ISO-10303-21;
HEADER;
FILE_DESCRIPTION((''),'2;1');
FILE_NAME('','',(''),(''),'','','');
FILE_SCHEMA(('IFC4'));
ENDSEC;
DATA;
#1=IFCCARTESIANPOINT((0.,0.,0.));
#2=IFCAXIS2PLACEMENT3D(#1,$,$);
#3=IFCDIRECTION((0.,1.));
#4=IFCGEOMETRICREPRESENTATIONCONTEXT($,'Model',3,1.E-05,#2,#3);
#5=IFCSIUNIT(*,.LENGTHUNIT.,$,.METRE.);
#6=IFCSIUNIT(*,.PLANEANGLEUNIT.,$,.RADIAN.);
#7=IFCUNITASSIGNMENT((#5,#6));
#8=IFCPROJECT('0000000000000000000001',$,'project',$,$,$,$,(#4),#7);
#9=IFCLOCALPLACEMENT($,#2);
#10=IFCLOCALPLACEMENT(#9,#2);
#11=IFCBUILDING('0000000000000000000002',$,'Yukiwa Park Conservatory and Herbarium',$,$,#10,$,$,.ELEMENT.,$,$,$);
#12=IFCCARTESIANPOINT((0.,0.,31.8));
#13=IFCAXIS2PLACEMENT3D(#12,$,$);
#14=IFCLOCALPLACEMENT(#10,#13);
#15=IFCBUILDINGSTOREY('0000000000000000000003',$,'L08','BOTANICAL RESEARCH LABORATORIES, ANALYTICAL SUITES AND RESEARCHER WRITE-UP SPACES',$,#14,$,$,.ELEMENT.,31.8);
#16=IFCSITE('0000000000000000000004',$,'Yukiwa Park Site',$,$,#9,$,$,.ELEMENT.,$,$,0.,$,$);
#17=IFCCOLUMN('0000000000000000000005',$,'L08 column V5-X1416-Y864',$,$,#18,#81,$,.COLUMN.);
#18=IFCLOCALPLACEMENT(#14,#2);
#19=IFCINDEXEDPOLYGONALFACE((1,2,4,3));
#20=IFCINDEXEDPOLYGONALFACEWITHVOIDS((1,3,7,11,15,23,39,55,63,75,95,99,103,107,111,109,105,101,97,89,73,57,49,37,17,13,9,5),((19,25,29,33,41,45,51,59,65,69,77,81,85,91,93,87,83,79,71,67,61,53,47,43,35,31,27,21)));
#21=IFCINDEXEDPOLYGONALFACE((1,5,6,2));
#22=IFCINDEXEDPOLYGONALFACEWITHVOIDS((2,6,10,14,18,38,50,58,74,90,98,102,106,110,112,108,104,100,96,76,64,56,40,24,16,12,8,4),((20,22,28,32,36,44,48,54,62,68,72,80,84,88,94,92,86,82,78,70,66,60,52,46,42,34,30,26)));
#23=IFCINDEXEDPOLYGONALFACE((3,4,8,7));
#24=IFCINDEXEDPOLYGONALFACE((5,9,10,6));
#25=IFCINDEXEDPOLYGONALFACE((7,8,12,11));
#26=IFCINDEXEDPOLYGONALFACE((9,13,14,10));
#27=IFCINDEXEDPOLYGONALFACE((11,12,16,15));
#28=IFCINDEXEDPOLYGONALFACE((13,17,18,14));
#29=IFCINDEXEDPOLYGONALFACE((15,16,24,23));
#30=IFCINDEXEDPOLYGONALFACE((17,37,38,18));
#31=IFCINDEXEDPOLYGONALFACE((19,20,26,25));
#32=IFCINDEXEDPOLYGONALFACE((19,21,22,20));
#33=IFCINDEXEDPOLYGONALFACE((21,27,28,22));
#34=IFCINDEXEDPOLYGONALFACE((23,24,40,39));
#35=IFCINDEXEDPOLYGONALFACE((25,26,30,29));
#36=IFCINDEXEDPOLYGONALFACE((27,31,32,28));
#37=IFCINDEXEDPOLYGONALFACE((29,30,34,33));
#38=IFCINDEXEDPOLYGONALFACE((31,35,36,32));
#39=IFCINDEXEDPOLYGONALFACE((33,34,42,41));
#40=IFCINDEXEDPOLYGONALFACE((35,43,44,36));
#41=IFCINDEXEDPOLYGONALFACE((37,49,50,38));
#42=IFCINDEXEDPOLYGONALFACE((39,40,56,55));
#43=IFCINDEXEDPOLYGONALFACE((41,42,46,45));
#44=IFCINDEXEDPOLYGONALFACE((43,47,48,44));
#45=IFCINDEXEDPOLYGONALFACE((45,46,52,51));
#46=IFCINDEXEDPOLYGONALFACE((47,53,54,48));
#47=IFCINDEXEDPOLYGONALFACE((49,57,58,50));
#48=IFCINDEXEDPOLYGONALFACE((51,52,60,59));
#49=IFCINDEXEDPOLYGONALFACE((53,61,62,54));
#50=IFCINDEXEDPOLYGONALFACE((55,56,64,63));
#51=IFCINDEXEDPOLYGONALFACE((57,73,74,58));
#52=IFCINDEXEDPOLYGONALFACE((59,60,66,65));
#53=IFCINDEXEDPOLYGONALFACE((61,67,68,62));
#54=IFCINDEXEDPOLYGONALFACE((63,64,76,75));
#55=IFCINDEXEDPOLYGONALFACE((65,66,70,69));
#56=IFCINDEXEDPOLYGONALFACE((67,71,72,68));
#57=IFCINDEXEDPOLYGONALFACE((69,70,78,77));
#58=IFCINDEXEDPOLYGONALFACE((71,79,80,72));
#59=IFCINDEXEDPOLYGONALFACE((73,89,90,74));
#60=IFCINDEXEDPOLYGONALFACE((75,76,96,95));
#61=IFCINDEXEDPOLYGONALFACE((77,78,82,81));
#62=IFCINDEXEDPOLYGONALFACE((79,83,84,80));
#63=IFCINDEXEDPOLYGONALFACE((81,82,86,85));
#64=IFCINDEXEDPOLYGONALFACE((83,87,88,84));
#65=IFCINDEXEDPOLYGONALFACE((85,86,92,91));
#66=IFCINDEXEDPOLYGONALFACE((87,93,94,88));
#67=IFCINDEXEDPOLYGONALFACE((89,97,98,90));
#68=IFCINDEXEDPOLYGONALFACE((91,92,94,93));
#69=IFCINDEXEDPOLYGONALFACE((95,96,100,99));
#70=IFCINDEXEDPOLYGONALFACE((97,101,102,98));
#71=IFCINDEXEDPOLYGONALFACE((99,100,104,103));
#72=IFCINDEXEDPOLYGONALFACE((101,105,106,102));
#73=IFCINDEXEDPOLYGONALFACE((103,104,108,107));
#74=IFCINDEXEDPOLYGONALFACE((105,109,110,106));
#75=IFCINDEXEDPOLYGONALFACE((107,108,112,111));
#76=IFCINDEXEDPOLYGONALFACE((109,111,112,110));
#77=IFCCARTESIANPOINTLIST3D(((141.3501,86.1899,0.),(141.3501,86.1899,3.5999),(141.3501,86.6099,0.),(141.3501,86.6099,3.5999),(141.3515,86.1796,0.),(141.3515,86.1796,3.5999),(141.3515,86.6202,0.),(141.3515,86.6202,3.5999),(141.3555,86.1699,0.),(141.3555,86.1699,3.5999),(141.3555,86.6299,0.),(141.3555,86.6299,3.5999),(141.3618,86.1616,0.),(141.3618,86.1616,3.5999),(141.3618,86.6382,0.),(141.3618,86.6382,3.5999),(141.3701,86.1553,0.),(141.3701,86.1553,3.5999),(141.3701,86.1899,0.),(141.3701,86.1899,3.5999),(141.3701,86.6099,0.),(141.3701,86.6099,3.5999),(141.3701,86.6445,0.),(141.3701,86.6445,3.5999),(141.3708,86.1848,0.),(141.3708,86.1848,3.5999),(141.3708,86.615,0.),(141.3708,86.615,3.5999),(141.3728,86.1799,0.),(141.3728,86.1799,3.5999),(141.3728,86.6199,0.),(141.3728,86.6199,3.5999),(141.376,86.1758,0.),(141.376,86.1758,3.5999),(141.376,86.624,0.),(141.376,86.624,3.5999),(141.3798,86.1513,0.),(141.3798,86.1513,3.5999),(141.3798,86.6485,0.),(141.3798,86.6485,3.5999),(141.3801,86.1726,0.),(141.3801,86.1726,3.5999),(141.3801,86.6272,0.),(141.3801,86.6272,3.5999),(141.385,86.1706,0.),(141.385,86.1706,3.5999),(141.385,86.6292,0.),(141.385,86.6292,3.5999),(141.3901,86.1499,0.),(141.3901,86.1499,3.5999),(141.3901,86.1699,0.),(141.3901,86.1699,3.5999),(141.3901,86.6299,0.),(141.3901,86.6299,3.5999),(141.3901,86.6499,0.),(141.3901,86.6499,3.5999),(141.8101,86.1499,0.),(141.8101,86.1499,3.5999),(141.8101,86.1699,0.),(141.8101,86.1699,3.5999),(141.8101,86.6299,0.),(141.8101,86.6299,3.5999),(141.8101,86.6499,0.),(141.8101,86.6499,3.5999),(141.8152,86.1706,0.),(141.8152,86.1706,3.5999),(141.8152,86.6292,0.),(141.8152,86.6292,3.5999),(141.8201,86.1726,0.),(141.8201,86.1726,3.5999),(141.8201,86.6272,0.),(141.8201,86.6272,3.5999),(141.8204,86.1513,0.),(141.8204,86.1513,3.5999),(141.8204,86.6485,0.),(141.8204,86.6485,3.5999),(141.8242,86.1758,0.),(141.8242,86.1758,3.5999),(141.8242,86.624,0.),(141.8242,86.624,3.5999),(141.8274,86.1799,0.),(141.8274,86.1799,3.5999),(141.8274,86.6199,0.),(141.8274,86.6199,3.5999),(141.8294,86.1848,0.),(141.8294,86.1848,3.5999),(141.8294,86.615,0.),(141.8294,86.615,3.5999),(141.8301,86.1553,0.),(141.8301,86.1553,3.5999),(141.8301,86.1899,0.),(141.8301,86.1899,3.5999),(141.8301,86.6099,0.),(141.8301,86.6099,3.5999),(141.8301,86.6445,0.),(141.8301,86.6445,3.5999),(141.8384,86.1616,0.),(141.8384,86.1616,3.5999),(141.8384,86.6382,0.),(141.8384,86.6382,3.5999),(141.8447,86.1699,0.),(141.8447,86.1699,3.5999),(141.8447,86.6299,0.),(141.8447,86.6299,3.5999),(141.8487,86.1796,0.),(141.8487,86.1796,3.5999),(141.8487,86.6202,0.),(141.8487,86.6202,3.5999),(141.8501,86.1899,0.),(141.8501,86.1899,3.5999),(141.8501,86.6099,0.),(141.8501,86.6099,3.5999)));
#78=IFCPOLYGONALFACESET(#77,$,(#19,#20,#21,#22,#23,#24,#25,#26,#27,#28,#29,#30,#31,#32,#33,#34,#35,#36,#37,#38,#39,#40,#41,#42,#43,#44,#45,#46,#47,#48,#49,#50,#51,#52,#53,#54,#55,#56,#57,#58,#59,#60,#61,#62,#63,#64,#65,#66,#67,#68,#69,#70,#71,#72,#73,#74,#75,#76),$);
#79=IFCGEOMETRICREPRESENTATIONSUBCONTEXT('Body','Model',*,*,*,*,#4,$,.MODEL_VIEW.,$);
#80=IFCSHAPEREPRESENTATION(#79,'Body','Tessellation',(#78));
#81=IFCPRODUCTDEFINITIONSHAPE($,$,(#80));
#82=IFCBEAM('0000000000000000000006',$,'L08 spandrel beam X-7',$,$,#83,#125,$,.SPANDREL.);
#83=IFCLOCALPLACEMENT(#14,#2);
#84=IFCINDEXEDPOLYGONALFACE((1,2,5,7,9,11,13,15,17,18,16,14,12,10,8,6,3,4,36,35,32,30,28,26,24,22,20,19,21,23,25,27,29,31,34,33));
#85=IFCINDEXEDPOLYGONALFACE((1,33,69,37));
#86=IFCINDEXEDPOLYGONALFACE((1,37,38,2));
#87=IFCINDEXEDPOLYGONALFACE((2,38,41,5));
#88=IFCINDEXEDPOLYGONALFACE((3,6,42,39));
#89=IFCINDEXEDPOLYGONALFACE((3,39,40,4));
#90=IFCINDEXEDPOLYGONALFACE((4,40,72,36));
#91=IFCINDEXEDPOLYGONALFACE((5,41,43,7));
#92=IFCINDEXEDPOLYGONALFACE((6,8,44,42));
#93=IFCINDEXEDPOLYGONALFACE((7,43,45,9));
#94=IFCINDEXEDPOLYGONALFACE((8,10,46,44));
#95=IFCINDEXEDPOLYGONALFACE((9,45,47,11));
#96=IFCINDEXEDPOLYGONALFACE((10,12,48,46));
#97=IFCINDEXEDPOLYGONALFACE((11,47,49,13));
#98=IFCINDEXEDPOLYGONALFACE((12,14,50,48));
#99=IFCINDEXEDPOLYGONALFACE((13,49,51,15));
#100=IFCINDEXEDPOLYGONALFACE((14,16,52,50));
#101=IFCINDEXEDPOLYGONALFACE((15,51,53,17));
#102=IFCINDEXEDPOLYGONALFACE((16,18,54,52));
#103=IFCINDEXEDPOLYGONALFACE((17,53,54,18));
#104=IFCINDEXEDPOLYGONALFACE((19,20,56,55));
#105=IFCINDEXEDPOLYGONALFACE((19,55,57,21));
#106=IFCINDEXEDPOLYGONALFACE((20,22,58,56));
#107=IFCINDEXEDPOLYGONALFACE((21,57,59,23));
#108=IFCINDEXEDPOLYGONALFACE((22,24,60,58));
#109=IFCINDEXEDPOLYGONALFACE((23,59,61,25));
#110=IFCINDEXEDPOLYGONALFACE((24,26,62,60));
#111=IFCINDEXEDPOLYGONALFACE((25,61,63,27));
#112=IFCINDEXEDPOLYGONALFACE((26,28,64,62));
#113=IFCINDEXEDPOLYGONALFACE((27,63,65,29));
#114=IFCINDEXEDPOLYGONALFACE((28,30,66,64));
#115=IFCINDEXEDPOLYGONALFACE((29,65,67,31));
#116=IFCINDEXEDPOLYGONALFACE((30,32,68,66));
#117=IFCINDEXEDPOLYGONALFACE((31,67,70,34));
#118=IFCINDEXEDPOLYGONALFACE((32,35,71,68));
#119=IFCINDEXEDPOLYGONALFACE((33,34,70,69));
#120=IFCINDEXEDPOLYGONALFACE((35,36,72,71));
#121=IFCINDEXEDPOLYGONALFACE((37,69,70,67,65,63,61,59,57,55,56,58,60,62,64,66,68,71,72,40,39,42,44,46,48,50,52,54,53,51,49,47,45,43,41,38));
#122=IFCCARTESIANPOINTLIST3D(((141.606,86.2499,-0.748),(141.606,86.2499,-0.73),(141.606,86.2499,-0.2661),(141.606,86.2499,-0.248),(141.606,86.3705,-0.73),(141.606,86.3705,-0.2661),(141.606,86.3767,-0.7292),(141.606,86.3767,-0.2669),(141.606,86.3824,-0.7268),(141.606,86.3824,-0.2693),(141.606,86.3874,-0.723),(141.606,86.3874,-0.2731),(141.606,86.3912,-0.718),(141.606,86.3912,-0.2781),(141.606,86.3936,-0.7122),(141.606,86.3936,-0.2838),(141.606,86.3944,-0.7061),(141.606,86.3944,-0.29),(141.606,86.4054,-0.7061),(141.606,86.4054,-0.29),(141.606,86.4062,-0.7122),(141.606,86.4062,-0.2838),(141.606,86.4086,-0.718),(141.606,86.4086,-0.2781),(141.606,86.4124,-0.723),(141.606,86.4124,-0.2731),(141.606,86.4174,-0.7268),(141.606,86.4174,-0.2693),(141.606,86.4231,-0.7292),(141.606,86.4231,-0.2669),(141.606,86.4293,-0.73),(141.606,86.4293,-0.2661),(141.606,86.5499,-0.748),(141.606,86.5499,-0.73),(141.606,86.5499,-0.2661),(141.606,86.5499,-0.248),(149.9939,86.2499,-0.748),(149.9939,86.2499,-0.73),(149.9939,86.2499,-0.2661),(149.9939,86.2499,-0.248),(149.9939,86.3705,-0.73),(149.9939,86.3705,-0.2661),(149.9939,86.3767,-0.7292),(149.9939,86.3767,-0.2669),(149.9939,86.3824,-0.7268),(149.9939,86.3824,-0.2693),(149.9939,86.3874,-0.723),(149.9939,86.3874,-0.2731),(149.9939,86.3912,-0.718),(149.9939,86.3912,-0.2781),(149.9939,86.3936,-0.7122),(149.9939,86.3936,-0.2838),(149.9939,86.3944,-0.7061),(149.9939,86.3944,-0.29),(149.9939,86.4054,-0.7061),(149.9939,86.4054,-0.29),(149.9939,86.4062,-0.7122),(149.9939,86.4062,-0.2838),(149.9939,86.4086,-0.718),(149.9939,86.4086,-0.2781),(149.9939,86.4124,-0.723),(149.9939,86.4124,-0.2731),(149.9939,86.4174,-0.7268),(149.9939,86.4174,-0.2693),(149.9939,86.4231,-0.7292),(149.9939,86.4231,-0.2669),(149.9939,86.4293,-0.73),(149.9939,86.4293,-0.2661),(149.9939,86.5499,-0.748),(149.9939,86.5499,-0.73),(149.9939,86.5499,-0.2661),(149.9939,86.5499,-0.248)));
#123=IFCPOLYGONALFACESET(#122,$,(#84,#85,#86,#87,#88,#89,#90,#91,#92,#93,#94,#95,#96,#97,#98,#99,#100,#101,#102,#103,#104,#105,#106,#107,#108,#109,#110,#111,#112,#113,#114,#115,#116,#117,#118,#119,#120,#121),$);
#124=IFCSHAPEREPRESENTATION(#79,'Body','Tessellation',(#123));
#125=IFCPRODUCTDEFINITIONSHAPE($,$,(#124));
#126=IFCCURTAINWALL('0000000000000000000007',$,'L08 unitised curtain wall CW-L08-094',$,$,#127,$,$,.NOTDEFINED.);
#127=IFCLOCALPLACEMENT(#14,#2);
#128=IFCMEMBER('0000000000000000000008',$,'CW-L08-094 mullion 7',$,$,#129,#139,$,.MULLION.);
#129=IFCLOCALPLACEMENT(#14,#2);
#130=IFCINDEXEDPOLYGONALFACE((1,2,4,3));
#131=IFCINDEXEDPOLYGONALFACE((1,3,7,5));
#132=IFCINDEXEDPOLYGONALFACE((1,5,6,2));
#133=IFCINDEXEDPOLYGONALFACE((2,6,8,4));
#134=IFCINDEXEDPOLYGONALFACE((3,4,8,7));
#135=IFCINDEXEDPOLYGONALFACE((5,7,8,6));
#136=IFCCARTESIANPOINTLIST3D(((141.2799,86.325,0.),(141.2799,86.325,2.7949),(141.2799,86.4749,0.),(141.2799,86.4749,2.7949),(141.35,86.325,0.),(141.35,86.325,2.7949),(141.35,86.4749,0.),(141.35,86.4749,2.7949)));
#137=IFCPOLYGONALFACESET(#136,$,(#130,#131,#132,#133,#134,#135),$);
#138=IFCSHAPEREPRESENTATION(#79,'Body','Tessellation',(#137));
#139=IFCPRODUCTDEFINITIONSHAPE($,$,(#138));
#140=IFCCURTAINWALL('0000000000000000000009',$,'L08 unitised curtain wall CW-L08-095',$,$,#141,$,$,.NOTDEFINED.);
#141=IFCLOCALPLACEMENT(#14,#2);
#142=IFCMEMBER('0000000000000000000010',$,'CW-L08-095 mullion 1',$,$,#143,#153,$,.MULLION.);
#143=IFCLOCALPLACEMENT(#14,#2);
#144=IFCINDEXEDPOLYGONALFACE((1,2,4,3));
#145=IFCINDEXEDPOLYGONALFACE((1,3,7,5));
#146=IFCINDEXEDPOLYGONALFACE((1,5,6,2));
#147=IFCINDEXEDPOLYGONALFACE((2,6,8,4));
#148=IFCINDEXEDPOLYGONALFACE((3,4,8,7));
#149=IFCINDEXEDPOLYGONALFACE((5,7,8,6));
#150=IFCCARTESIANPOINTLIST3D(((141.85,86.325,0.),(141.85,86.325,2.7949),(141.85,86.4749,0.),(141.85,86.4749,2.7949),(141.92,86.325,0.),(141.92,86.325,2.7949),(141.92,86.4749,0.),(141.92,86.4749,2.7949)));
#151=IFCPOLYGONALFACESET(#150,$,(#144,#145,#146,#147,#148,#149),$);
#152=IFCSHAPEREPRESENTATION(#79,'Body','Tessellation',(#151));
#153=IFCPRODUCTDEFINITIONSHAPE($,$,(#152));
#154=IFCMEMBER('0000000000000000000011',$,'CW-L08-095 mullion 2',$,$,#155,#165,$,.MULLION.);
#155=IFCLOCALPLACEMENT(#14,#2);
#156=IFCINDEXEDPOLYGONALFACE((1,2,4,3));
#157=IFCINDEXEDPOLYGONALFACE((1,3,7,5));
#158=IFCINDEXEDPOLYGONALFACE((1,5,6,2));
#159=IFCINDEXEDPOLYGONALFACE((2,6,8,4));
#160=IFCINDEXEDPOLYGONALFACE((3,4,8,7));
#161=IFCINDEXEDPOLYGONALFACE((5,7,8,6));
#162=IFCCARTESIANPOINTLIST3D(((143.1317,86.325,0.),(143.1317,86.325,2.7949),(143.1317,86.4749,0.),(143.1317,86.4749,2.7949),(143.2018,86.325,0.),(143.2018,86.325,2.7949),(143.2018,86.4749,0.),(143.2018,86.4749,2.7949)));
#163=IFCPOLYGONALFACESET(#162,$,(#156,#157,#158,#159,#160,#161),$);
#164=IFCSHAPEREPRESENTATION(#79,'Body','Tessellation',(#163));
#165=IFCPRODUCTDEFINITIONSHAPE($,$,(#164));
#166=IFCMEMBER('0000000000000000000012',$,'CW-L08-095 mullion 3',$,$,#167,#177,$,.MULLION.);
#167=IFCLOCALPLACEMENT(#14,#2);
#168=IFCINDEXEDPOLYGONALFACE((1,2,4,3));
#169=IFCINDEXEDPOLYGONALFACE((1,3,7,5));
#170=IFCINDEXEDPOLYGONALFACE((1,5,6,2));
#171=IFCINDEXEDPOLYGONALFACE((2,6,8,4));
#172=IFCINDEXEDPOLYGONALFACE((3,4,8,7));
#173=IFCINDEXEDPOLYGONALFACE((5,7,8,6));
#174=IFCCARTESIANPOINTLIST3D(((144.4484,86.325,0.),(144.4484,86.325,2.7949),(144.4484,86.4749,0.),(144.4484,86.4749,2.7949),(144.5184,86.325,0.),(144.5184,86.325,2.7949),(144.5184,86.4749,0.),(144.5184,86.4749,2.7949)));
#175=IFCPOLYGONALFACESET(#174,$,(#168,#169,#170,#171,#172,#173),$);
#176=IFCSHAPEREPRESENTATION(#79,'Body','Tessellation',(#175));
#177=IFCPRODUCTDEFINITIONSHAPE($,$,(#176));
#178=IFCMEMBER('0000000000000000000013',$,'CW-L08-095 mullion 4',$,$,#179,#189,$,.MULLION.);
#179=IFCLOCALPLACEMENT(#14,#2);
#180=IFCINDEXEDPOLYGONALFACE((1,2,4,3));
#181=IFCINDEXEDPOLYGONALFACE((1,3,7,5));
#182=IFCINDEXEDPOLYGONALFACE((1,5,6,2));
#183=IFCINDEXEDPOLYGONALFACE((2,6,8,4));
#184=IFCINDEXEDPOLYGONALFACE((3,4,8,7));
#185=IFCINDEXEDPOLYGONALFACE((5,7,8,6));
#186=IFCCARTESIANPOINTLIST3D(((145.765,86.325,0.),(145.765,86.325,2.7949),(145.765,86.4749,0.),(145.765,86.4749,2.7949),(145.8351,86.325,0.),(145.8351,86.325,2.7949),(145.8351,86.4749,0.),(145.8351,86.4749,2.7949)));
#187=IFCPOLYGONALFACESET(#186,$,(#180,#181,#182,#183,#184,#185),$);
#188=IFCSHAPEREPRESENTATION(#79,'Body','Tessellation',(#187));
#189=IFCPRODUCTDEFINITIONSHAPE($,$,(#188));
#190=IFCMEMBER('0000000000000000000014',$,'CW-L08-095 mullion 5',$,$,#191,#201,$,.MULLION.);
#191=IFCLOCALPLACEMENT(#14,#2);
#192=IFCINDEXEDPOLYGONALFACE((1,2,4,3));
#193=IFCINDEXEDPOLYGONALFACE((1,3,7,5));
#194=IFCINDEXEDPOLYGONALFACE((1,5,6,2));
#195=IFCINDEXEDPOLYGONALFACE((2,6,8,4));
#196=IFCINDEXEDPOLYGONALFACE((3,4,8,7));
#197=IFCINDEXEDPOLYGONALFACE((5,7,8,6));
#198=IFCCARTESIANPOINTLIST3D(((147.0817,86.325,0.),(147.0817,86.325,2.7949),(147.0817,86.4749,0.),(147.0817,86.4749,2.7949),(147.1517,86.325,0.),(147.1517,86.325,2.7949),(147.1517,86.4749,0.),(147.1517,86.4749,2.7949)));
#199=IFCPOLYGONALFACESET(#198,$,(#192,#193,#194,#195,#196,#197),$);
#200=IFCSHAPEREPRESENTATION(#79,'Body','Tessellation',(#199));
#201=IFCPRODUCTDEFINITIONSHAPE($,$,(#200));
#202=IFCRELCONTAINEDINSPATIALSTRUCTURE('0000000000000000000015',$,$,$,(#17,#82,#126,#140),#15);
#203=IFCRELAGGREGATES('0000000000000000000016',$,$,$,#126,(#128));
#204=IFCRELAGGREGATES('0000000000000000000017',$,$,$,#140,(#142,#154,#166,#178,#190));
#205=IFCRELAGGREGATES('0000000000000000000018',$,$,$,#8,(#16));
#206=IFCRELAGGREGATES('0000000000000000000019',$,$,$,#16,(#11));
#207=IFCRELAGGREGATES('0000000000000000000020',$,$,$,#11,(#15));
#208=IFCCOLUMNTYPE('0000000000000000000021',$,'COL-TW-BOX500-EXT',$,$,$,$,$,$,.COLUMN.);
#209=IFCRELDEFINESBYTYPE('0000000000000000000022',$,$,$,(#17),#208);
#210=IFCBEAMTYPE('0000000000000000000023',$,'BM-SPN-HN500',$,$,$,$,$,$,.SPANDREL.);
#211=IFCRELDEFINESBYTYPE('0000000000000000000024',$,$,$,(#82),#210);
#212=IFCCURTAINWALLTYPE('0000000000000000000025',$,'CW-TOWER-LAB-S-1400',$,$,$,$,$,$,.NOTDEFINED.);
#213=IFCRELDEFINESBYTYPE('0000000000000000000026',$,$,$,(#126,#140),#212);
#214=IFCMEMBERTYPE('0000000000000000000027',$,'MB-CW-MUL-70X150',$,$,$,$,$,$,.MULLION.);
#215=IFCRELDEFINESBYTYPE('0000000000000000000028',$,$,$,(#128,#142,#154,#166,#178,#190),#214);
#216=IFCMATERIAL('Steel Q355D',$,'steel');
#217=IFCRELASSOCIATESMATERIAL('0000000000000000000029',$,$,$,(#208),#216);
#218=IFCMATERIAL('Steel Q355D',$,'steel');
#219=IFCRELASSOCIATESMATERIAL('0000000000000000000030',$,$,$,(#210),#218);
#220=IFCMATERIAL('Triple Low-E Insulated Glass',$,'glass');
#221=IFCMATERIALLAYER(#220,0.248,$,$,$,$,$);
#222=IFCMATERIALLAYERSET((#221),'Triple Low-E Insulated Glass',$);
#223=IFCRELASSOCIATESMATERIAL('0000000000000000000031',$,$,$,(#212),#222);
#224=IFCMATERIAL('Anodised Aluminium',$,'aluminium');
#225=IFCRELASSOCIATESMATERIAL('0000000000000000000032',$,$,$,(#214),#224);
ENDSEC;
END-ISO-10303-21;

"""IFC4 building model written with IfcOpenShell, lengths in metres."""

from ifc_helpers import new_model, si_unit, direction, frame, origin, origin_2d, place, context, subcontext, project, spatial, rectangle, hollow_rectangle, i_section, extrude, material, layer, layer_set, material_profile, profile_set, type_object, element, aggregate, save


model = new_model("IFC4")

# Units and contexts
model_context = context("Model", 3, precision=1e-05, world=origin(), true_north=direction((0.0, 1.0)))
body_context = subcontext(model_context, "Body", "Model", "MODEL_VIEW")
ifc_project = project(units=[si_unit("LENGTHUNIT", "METRE"), si_unit("PLANEANGLEUNIT", "RADIAN")], contexts=[model_context])

# Site, building, storey
site_placement = place(None, origin())
site = spatial("IfcSite", under=ifc_project, at=site_placement, Name="Yukiwa Park Site", CompositionType="ELEMENT", RefElevation=0.0)
building_placement = place(site_placement, origin())
building = spatial("IfcBuilding", under=site, at=building_placement, Name="Yukiwa Park Conservatory and Herbarium", CompositionType="ELEMENT")
storey_placement = place(building_placement, frame((0.0, 0.0, 31.8)))
storey = spatial("IfcBuildingStorey", under=building, at=storey_placement, Name="L08", Description="BOTANICAL RESEARCH LABORATORIES, ANALYTICAL SUITES AND RESEARCHER WRITE-UP SPACES", CompositionType="ELEMENT", Elevation=31.8)

# Column
ifc_material_1 = material(Name="Steel Q355D", Category="steel")
ifc_material_profile_1 = material_profile(ifc_material_1, hollow_rectangle(XDim=0.5, YDim=0.5, WallThickness=0.02, InnerFilletRadius=0.02, OuterFilletRadius=0.04, at=origin_2d()), Name="BOX 500x500x20")
ifc_profile_set_1 = profile_set([ifc_material_profile_1], Name="Steel Q355D")
column_type = type_object("IfcColumnType", Name="COL-TW-BOX500-EXT", PredefinedType="COLUMN", material=ifc_profile_set_1)
column_placement = place(storey_placement, frame((141.6001, 86.3999, 0.0), z_axis=(0.0, 0.0, 1.0), x_axis=(1.0, 0.0, 0.0)))
element("IfcColumn", 1, at=column_placement, inside=storey, type_object=column_type, Name="L08 column V5-X1416-Y864", PredefinedType="COLUMN", context=body_context, shape_type="SweptSolid", body=[
    extrude(hollow_rectangle(XDim=0.5, YDim=0.5, WallThickness=0.02, InnerFilletRadius=0.02, OuterFilletRadius=0.04, at=origin_2d()), origin(), (0.0, 0.0, 1.0), 3.5999),
])

# Beam
ifc_material_2 = material(Name="Steel Q355D", Category="steel")
ifc_material_profile_2 = material_profile(ifc_material_2, i_section(OverallWidth=0.3, OverallDepth=0.5, WebThickness=0.011, FlangeThickness=0.0181, FilletRadius=0.0239, at=origin_2d()), Name="HM 500x300x11x18")
ifc_profile_set_2 = profile_set([ifc_material_profile_2], Name="Steel Q355D")
beam_type = type_object("IfcBeamType", Name="BM-SPN-HN500", PredefinedType="SPANDREL", material=ifc_profile_set_2)
beam_placement = place(storey_placement, frame((141.606, 86.3999, -0.498), z_axis=(1.0, 0.0, 0.0), x_axis=(0.0, 1.0, 0.0)))
element("IfcBeam", 2, at=beam_placement, inside=storey, type_object=beam_type, Name="L08 spandrel beam X-7", PredefinedType="SPANDREL", context=body_context, shape_type="SweptSolid", body=[
    extrude(i_section(OverallWidth=0.3, OverallDepth=0.5, WebThickness=0.011, FlangeThickness=0.0181, FilletRadius=0.0239, at=origin_2d()), origin(), (0.0, 0.0, 1.0), 8.3879),
])

# Curtain wall, member
ifc_material_3 = material(Name="Triple Low-E Insulated Glass", Category="glass")
ifc_layer_1 = layer(ifc_material_3, 0.248)
ifc_layer_set_1 = layer_set([ifc_layer_1], Name="Triple Low-E Insulated Glass")
curtain_wall_type = type_object("IfcCurtainWallType", Name="CW-TOWER-LAB-S-1400", PredefinedType="NOTDEFINED", material=ifc_layer_set_1)
curtain_wall_1_placement = place(storey_placement, origin())
curtain_wall_1 = element("IfcCurtainWall", 3, at=curtain_wall_1_placement, inside=storey, type_object=curtain_wall_type, Name="L08 unitised curtain wall CW-L08-094", PredefinedType="NOTDEFINED")
ifc_material_4 = material(Name="Anodised Aluminium", Category="aluminium")
member_type_1 = type_object("IfcMemberType", Name="MB-CW-MUL-70X150", PredefinedType="MULLION", material=ifc_material_4)
member_1_placement = place(storey_placement, frame((141.3149, 86.3999, 0.0), z_axis=(0.0, 0.0, 1.0), x_axis=(1.0, 0.0, 0.0)))
member_1 = element("IfcMember", 4, at=member_1_placement, type_object=member_type_1, Name="CW-L08-094 mullion 7", PredefinedType="MULLION", context=body_context, shape_type="SweptSolid", body=[
    extrude(rectangle(XDim=0.0701, YDim=0.1499, at=origin_2d()), origin(), (0.0, 0.0, 1.0), 2.7949),
])

# Curtain wall, members
curtain_wall_2_placement = place(storey_placement, origin())
curtain_wall_2 = element("IfcCurtainWall", 5, at=curtain_wall_2_placement, inside=storey, type_object=curtain_wall_type, Name="L08 unitised curtain wall CW-L08-095", PredefinedType="NOTDEFINED")
member_2_placement = place(storey_placement, frame((141.885, 86.3999, 0.0), z_axis=(0.0, 0.0, 1.0), x_axis=(1.0, 0.0, 0.0)))
member_2 = element("IfcMember", 6, at=member_2_placement, type_object=member_type_1, Name="CW-L08-095 mullion 1", PredefinedType="MULLION", context=body_context, shape_type="SweptSolid", body=[
    extrude(rectangle(XDim=0.0701, YDim=0.1499, at=origin_2d()), origin(), (0.0, 0.0, 1.0), 2.7949),
])
member_3_placement = place(storey_placement, frame((143.1667, 86.3999, 0.0), z_axis=(0.0, 0.0, 1.0), x_axis=(1.0, 0.0, 0.0)))
member_3 = element("IfcMember", 7, at=member_3_placement, type_object=member_type_1, Name="CW-L08-095 mullion 2", PredefinedType="MULLION", context=body_context, shape_type="SweptSolid", body=[
    extrude(rectangle(XDim=0.0701, YDim=0.1499, at=origin_2d()), origin(), (0.0, 0.0, 1.0), 2.7949),
])
member_4_placement = place(storey_placement, frame((144.4834, 86.3999, 0.0), z_axis=(0.0, 0.0, 1.0), x_axis=(1.0, 0.0, 0.0)))
member_4 = element("IfcMember", 8, at=member_4_placement, type_object=member_type_1, Name="CW-L08-095 mullion 3", PredefinedType="MULLION", context=body_context, shape_type="SweptSolid", body=[
    extrude(rectangle(XDim=0.0701, YDim=0.1499, at=origin_2d()), origin(), (0.0, 0.0, 1.0), 2.7949),
])
member_5_placement = place(storey_placement, frame((145.8, 86.3999, 0.0), z_axis=(0.0, 0.0, 1.0), x_axis=(1.0, 0.0, 0.0)))
member_5 = element("IfcMember", 9, at=member_5_placement, type_object=member_type_1, Name="CW-L08-095 mullion 4", PredefinedType="MULLION", context=body_context, shape_type="SweptSolid", body=[
    extrude(rectangle(XDim=0.0701, YDim=0.1499, at=origin_2d()), origin(), (0.0, 0.0, 1.0), 2.7949),
])
member_6_placement = place(storey_placement, frame((147.1167, 86.3999, 0.0), z_axis=(0.0, 0.0, 1.0), x_axis=(1.0, 0.0, 0.0)))
member_6 = element("IfcMember", 10, at=member_6_placement, type_object=member_type_1, Name="CW-L08-095 mullion 5", PredefinedType="MULLION", context=body_context, shape_type="SweptSolid", body=[
    extrude(rectangle(XDim=0.0701, YDim=0.1499, at=origin_2d()), origin(), (0.0, 0.0, 1.0), 2.7949),
])

aggregate(curtain_wall_1, [member_1])
aggregate(curtain_wall_2, [member_2, member_3, member_4, member_5, member_6])

save(model, "model.ifc")
